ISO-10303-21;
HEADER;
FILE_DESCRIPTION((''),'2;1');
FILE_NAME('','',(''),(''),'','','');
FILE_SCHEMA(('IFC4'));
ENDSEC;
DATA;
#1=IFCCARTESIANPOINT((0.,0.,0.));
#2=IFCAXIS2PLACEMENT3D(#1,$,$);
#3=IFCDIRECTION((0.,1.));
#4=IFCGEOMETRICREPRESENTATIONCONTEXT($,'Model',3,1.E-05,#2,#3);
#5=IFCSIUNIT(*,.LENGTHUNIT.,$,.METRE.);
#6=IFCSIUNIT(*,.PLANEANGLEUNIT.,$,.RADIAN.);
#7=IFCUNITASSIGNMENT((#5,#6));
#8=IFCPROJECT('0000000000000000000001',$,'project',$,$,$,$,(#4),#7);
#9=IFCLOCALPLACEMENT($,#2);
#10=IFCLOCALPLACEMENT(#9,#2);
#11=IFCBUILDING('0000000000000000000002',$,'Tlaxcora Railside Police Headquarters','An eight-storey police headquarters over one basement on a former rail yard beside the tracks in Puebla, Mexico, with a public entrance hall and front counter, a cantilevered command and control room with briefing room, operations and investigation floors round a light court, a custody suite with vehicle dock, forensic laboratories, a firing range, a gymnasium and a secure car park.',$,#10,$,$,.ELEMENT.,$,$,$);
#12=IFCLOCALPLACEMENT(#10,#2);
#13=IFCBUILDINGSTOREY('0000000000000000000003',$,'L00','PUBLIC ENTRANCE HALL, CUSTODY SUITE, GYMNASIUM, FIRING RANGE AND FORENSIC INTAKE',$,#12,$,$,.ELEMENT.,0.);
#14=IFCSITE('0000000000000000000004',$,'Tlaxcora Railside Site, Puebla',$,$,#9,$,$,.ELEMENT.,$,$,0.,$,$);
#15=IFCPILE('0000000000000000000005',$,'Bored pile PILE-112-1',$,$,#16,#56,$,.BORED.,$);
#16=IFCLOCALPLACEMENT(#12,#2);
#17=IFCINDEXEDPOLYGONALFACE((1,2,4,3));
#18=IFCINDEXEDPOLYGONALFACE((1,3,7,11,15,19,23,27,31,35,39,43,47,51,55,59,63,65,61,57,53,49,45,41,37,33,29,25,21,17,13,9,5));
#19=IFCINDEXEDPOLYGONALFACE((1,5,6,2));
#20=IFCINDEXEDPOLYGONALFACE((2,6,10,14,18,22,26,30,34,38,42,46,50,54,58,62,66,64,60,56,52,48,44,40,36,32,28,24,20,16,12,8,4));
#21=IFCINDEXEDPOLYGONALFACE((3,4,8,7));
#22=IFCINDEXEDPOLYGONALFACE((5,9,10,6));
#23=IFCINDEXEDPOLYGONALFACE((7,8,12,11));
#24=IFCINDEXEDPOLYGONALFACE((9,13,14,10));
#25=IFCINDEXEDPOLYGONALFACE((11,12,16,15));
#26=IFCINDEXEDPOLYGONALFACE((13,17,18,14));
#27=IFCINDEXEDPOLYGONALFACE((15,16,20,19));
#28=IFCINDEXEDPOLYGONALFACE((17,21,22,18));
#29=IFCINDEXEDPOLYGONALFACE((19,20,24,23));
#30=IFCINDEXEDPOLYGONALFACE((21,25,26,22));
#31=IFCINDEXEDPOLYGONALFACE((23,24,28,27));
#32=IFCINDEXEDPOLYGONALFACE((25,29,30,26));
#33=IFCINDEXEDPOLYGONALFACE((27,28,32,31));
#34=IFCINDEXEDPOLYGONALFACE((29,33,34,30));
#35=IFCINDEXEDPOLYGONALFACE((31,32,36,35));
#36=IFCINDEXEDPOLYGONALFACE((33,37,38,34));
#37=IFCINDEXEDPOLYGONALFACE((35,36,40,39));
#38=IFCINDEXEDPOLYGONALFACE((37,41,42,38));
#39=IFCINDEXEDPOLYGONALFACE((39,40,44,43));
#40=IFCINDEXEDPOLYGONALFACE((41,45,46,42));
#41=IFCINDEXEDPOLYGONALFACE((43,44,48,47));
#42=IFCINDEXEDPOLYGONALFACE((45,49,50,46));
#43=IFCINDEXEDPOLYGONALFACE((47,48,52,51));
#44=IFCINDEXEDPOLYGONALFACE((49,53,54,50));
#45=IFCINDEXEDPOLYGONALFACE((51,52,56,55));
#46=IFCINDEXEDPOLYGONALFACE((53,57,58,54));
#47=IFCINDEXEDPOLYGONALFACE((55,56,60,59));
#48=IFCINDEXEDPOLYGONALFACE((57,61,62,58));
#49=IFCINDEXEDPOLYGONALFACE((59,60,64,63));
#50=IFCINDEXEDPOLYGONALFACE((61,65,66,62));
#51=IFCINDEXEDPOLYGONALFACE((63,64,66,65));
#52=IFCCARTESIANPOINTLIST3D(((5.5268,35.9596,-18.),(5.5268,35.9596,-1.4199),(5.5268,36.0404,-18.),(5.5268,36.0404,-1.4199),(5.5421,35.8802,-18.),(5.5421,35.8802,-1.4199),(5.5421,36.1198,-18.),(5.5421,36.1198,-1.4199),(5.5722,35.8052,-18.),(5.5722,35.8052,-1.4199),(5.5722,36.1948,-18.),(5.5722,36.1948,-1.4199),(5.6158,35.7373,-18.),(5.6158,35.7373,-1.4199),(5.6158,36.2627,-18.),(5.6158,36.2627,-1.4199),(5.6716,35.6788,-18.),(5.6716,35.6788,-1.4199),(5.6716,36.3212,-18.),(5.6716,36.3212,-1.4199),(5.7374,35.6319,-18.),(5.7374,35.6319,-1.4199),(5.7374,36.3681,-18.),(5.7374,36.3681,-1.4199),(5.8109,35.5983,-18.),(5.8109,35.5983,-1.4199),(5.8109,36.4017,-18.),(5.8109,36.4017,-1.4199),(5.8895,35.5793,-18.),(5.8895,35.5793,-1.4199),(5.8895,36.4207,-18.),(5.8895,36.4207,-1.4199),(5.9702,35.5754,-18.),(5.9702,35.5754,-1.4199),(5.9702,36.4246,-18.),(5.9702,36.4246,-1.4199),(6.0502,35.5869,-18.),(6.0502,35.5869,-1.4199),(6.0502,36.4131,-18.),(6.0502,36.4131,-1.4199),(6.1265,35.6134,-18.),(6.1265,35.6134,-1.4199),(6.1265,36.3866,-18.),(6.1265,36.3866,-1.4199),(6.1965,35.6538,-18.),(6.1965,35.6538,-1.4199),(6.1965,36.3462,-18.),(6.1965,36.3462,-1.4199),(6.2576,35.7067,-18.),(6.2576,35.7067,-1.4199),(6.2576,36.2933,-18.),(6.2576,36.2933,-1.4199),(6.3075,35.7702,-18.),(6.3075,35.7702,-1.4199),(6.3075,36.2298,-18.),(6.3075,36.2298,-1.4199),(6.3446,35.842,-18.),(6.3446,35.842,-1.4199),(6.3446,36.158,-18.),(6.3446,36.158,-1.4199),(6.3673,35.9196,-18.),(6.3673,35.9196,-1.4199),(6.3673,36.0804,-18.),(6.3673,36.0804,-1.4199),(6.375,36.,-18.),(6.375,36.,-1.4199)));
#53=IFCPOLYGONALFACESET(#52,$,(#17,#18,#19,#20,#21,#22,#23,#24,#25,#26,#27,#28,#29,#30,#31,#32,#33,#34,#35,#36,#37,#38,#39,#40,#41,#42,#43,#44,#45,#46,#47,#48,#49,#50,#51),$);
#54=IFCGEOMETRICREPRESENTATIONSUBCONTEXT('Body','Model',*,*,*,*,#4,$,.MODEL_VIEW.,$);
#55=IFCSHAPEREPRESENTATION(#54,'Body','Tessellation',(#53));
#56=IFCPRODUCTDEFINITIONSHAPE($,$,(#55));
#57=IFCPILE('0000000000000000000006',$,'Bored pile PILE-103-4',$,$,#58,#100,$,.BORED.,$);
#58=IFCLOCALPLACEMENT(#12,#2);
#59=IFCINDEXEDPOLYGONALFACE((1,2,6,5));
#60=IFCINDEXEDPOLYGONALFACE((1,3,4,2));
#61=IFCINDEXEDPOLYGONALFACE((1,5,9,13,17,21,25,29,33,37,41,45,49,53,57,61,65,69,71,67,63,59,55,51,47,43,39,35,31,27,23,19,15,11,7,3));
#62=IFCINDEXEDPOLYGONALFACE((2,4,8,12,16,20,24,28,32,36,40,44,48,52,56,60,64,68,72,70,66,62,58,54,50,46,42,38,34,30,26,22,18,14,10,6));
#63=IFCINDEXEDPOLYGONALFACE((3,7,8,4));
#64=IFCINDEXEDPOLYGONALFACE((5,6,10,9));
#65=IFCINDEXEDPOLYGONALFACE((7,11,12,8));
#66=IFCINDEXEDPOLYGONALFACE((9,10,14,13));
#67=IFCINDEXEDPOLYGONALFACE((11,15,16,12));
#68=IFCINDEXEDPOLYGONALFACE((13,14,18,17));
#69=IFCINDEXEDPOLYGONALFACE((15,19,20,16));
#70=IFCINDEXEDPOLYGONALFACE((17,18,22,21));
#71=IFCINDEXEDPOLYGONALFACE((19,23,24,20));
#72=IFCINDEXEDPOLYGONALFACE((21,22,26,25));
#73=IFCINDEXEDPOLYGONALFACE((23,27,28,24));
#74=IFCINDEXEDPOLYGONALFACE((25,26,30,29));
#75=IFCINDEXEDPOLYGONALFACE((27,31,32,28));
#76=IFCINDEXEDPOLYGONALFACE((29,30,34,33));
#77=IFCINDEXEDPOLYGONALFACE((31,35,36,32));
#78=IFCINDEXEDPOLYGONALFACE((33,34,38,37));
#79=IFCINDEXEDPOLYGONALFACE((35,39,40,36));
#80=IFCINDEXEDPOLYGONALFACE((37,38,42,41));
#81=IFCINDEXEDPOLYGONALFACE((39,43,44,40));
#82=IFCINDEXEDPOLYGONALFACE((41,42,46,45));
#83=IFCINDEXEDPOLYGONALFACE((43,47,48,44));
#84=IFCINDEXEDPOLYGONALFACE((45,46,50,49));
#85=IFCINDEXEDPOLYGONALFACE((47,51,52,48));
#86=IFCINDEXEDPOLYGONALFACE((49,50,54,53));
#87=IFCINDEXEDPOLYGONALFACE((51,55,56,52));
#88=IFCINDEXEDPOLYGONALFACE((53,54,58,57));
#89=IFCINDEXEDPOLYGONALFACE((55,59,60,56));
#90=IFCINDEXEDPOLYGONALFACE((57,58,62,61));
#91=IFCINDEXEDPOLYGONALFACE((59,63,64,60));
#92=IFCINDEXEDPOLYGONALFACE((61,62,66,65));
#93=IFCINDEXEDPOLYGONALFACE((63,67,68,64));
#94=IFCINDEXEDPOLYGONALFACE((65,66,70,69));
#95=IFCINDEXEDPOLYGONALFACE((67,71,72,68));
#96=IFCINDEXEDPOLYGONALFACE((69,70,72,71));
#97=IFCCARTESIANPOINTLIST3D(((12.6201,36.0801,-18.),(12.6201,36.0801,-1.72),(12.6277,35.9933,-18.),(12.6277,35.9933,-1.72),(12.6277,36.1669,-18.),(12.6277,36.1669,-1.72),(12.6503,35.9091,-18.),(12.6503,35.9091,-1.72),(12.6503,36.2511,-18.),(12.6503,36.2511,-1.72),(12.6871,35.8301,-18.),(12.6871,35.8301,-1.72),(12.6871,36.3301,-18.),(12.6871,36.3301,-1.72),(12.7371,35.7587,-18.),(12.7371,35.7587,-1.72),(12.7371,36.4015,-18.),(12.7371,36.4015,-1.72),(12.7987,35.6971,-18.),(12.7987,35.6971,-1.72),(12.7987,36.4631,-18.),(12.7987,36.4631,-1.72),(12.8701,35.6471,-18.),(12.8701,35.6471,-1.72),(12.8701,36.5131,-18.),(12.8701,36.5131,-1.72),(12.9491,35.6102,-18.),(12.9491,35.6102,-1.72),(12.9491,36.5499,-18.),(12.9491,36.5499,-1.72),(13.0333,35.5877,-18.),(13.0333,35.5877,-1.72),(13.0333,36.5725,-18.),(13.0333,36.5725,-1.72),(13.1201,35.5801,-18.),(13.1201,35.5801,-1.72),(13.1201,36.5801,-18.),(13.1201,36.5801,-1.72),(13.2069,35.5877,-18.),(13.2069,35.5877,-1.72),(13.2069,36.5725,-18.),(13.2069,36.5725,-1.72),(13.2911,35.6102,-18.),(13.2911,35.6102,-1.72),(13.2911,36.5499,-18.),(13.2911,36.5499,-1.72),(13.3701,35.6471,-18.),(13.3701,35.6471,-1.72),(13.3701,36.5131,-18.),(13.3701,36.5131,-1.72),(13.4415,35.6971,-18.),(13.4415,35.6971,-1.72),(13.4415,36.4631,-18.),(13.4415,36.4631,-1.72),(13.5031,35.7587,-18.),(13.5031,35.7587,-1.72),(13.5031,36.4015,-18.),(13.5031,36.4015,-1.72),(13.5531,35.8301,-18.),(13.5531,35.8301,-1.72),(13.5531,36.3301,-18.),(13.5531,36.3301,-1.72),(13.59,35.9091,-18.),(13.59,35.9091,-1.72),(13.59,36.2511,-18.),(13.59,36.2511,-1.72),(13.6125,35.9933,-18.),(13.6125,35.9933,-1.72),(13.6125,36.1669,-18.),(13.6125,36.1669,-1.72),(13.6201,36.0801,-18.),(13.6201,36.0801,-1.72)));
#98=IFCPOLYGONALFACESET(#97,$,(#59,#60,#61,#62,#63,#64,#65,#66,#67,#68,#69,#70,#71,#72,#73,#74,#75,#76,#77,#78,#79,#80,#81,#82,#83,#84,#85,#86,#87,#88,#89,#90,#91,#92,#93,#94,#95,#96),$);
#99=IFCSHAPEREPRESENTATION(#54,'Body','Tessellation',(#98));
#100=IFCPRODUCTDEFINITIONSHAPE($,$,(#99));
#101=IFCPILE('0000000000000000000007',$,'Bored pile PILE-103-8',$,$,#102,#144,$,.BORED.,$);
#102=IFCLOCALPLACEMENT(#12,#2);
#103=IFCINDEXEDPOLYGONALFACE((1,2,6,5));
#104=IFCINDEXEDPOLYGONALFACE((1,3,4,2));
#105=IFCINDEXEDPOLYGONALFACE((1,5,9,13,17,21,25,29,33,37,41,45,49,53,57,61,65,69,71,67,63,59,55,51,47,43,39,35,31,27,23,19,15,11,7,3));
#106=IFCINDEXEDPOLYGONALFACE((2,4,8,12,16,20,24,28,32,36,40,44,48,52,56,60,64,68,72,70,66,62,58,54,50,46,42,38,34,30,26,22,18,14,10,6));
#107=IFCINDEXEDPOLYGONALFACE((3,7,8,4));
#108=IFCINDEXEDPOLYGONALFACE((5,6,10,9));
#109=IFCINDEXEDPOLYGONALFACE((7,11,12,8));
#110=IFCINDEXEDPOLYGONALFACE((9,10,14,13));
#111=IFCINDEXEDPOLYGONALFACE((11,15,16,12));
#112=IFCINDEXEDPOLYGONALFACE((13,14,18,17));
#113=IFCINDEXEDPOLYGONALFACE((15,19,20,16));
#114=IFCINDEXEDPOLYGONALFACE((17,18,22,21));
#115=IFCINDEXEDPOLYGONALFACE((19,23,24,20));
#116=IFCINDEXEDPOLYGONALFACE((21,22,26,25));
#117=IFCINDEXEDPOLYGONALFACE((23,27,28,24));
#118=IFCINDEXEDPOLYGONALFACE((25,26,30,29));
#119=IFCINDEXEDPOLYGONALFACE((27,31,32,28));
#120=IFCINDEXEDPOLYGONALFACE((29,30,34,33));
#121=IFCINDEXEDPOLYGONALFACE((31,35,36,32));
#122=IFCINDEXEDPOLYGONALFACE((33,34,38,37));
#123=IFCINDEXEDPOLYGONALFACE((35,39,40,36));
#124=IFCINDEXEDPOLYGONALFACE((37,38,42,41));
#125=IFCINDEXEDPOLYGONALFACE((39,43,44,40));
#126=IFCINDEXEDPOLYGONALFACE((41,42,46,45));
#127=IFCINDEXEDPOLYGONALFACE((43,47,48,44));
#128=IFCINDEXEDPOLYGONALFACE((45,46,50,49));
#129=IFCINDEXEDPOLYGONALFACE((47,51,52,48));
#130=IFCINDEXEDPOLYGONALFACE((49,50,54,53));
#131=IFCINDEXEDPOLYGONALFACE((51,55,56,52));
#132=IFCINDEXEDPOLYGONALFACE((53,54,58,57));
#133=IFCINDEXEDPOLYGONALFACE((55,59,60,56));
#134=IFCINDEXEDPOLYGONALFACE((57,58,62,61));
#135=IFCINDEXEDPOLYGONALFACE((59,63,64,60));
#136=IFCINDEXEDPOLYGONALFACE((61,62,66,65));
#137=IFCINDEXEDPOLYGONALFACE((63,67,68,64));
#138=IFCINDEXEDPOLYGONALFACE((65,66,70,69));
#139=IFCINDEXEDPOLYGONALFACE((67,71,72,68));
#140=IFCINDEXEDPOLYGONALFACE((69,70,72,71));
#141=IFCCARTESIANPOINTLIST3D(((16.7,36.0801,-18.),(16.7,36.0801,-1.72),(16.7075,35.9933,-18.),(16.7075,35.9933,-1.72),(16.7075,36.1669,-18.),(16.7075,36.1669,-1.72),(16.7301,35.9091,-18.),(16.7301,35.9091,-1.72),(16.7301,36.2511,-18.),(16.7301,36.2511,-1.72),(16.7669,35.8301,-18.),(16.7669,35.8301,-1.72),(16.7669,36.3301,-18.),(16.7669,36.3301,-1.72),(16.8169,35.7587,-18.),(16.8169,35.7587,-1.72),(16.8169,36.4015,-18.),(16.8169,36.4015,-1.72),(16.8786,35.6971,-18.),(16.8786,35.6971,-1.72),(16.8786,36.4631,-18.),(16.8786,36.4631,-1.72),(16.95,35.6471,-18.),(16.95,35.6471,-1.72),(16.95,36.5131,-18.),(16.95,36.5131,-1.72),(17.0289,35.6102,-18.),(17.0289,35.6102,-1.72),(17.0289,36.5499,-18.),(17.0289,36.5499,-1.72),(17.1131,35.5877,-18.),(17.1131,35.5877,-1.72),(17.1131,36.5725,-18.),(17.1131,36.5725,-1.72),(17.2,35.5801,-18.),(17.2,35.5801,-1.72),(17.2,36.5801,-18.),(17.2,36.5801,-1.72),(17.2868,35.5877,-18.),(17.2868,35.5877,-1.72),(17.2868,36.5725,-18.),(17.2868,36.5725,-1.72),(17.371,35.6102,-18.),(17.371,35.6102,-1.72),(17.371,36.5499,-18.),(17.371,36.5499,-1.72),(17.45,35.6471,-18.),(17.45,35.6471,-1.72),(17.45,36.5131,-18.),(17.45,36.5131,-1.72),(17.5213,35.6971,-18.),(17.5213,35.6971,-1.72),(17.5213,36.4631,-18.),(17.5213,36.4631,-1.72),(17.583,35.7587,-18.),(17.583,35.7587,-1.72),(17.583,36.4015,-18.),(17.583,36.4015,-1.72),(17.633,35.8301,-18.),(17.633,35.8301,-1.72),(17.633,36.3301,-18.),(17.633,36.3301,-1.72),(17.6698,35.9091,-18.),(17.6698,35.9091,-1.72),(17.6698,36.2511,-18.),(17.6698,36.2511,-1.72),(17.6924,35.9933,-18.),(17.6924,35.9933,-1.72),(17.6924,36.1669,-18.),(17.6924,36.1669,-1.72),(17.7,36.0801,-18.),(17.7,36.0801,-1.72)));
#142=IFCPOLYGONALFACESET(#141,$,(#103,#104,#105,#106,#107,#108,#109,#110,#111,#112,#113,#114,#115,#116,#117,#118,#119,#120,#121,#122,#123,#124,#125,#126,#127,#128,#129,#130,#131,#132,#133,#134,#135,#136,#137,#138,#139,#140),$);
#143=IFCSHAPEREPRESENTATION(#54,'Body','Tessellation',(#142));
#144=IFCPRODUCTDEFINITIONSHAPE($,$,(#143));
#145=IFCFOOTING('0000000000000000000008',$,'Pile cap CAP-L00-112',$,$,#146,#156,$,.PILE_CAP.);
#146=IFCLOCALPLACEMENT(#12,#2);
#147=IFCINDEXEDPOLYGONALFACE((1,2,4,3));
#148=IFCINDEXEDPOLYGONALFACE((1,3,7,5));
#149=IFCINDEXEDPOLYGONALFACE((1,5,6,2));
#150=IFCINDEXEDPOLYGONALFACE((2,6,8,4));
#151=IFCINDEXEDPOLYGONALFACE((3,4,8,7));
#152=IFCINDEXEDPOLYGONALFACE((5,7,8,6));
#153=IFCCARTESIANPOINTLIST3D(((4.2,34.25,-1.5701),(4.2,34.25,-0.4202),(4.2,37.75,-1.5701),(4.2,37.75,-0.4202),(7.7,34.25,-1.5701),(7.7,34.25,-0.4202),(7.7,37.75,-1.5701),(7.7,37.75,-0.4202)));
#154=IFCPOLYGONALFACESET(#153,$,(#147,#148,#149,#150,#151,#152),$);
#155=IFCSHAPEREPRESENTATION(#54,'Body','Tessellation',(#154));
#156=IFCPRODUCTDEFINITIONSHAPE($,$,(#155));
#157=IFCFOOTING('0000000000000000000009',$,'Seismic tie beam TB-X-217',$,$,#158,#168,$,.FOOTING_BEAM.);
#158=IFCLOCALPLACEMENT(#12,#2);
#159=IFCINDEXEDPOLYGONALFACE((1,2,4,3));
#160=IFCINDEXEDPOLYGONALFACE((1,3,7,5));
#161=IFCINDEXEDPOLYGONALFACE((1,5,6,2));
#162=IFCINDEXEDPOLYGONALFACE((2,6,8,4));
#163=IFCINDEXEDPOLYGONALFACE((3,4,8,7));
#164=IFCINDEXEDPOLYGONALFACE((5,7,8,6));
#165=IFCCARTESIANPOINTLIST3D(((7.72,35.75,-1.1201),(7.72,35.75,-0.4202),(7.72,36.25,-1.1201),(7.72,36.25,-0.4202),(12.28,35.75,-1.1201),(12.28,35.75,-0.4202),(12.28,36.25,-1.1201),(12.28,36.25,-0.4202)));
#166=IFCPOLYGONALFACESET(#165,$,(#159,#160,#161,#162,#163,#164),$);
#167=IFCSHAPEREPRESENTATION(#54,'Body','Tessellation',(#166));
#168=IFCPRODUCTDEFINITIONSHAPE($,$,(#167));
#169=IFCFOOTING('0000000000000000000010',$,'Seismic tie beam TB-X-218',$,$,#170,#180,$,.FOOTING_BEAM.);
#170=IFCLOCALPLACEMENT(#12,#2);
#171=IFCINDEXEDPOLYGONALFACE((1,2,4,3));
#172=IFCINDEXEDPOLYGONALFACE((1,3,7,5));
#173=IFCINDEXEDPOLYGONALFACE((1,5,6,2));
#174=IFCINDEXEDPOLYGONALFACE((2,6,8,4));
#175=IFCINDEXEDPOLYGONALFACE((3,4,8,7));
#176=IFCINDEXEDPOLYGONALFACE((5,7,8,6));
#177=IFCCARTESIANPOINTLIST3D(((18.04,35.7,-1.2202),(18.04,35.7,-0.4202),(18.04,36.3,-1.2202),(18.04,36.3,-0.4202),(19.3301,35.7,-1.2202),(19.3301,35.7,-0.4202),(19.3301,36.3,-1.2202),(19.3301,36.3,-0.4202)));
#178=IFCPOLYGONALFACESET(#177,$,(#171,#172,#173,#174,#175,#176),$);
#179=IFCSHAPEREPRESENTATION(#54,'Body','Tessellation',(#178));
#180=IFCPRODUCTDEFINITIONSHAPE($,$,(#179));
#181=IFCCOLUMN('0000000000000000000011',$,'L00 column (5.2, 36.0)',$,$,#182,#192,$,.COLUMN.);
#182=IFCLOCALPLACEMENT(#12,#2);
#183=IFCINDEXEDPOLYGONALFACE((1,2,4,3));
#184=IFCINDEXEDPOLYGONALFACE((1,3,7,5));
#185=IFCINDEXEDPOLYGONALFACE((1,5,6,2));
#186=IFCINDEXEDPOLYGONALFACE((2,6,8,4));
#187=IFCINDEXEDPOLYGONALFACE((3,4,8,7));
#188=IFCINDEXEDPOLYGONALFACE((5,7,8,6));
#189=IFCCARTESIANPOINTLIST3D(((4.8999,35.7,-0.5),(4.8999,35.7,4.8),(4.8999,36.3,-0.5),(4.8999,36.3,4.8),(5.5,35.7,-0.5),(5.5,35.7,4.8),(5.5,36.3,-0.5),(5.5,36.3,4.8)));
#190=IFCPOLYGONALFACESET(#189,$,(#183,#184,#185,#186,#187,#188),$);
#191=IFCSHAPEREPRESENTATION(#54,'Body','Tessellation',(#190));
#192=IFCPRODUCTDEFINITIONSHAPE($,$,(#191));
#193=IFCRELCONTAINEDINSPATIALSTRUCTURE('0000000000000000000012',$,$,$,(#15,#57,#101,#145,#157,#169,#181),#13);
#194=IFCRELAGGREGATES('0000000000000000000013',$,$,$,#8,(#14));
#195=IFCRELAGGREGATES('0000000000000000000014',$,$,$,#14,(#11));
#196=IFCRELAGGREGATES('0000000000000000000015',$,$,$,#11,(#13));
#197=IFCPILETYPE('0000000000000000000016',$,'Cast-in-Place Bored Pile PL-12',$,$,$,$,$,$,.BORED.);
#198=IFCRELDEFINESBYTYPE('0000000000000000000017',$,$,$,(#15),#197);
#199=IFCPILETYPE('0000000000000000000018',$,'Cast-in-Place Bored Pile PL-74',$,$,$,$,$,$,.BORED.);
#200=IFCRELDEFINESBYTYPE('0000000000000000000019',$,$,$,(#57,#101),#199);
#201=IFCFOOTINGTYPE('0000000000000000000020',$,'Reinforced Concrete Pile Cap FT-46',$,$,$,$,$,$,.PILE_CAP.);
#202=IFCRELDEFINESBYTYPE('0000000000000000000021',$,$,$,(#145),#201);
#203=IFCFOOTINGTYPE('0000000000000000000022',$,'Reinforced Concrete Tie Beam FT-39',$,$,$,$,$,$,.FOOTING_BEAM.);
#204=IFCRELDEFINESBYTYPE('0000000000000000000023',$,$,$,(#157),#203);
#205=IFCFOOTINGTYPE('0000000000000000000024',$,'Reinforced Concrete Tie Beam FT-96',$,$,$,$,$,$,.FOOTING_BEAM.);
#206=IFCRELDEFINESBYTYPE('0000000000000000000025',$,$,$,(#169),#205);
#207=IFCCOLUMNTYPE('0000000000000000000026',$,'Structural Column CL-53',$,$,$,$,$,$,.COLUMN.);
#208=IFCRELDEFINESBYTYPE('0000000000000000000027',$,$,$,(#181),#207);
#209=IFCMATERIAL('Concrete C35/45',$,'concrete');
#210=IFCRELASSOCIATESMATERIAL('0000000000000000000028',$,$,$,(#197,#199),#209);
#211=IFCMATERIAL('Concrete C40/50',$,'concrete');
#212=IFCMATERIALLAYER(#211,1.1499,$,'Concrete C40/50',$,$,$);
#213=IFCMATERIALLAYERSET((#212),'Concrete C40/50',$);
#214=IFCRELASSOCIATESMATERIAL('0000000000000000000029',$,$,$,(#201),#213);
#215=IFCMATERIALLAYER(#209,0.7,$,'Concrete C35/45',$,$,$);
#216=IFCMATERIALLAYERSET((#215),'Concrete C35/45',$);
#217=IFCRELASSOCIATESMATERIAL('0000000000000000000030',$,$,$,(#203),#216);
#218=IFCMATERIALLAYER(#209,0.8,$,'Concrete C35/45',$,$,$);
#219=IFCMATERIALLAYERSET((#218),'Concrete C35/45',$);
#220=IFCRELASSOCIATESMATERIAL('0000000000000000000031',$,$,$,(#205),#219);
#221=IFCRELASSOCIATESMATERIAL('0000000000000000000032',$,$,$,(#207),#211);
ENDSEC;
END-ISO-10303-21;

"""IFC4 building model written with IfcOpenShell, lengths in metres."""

from ifc_helpers import new_model, si_unit, direction, frame, origin, origin_2d, place, context, subcontext, project, spatial, rectangle, circle, extrude, material, layer, layer_set, material_profile, profile_set, type_object, element, save


model = new_model("IFC4")

# Units and contexts
model_context = context("Model", 3, precision=1e-05, world=origin(), true_north=direction((0.0, 1.0)))
body_context = subcontext(model_context, "Body", "Model", "MODEL_VIEW")
ifc_project = project(units=[si_unit("LENGTHUNIT", "METRE"), si_unit("PLANEANGLEUNIT", "RADIAN")], contexts=[model_context])

# Site, building, storey
site_placement = place(None, origin())
site = spatial("IfcSite", under=ifc_project, at=site_placement, Name="Tlaxcora Railside Site, Puebla", CompositionType="ELEMENT", RefElevation=0.0)
building_placement = place(site_placement, origin())
building = spatial("IfcBuilding", under=site, at=building_placement, Name="Tlaxcora Railside Police Headquarters", Description="An eight-storey police headquarters over one basement on a former rail yard beside the tracks in Puebla, Mexico, with a public entrance hall and front counter, a cantilevered command and control room with briefing room, operations and investigation floors round a light court, a custody suite with vehicle dock, forensic laboratories, a firing range, a gymnasium and a secure car park.", CompositionType="ELEMENT")
storey_placement = place(building_placement, origin())
storey = spatial("IfcBuildingStorey", under=building, at=storey_placement, Name="L00", Description="PUBLIC ENTRANCE HALL, CUSTODY SUITE, GYMNASIUM, FIRING RANGE AND FORENSIC INTAKE", CompositionType="ELEMENT", Elevation=0.0)

# Piles
ifc_material_1 = material(Name="Concrete C35/45", Category="concrete")
ifc_material_profile_1 = material_profile(ifc_material_1, circle(Radius=0.425, at=origin_2d()), Name="PILE850")
ifc_profile_set_1 = profile_set([ifc_material_profile_1], Name="Concrete C35/45")
pile_type_1 = type_object("IfcPileType", Name="Cast-in-Place Bored Pile PL-12", PredefinedType="BORED", material=ifc_profile_set_1)
pile_placement = place(storey_placement, frame((5.95, 36.0, -1.4199), z_axis=(0.0, 0.0, -1.0), x_axis=(1.0, 0.0, 0.0)))
element("IfcPile", 1, at=pile_placement, inside=storey, type_object=pile_type_1, Name="Bored pile PILE-112-1", PredefinedType="BORED", context=body_context, shape_type="SweptSolid", body=[
    extrude(circle(Radius=0.425, at=origin_2d()), origin(), (0.0, 0.0, 1.0), 16.5801),
])
ifc_material_profile_2 = material_profile(ifc_material_1, circle(Radius=0.5, at=origin_2d()), Name="PILE1000")
ifc_profile_set_2 = profile_set([ifc_material_profile_2], Name="Concrete C35/45")
pile_type_2 = type_object("IfcPileType", Name="Cast-in-Place Bored Pile PL-74", PredefinedType="BORED", material=ifc_profile_set_2)
for number, where, z_axis, x_axis, name in (
    (2, (13.1201, 36.0801, -1.72), (0.0, 0.0, -1.0), (1.0, 0.0, 0.0), "Bored pile PILE-103-4"),
    (3, (17.2, 36.0801, -1.72), (0.0, 0.0, -1.0), (1.0, 0.0, 0.0), "Bored pile PILE-103-8"),
):
    element("IfcPile", number, at=place(storey_placement, frame(where, z_axis=z_axis, x_axis=x_axis)), inside=storey, type_object=pile_type_2, Name=name, PredefinedType="BORED", context=body_context, shape_type="SweptSolid", body=[
        extrude(circle(Radius=0.5, at=origin_2d()), origin(), (0.0, 0.0, 1.0), 16.28),
    ])

# Footings
ifc_material_2 = material(Name="Concrete C40/50", Category="concrete")
ifc_layer_1 = layer(ifc_material_2, 1.1499, Name="Concrete C40/50")
ifc_layer_set_1 = layer_set([ifc_layer_1], Name="Concrete C40/50")
footing_type_1 = type_object("IfcFootingType", Name="Reinforced Concrete Pile Cap FT-46", PredefinedType="PILE_CAP", material=ifc_layer_set_1)
footing_1_placement = place(storey_placement, frame((5.95, 36.0, -1.5701), z_axis=(0.0, 0.0, 1.0), x_axis=(1.0, 0.0, 0.0)))
element("IfcFooting", 4, at=footing_1_placement, inside=storey, type_object=footing_type_1, Name="Pile cap CAP-L00-112", PredefinedType="PILE_CAP", context=body_context, shape_type="SweptSolid", body=[
    extrude(rectangle(XDim=3.5, YDim=3.5, at=origin_2d()), origin(), (0.0, 0.0, 1.0), 1.1499),
])
ifc_layer_2 = layer(ifc_material_1, 0.7, Name="Concrete C35/45")
ifc_layer_set_2 = layer_set([ifc_layer_2], Name="Concrete C35/45")
footing_type_2 = type_object("IfcFootingType", Name="Reinforced Concrete Tie Beam FT-39", PredefinedType="FOOTING_BEAM", material=ifc_layer_set_2)
footing_2_placement = place(storey_placement, frame((10.0, 36.0, -1.1201), z_axis=(0.0, 0.0, 1.0), x_axis=(1.0, 0.0, 0.0)))
element("IfcFooting", 5, at=footing_2_placement, inside=storey, type_object=footing_type_2, Name="Seismic tie beam TB-X-217", PredefinedType="FOOTING_BEAM", context=body_context, shape_type="SweptSolid", body=[
    extrude(rectangle(XDim=4.5601, YDim=0.5, at=origin_2d()), origin(), (0.0, 0.0, 1.0), 0.7),
])
ifc_layer_3 = layer(ifc_material_1, 0.8, Name="Concrete C35/45")
ifc_layer_set_3 = layer_set([ifc_layer_3], Name="Concrete C35/45")
footing_type_3 = type_object("IfcFootingType", Name="Reinforced Concrete Tie Beam FT-96", PredefinedType="FOOTING_BEAM", material=ifc_layer_set_3)
footing_3_placement = place(storey_placement, frame((18.6851, 36.0, -1.2202), z_axis=(0.0, 0.0, 1.0), x_axis=(1.0, 0.0, 0.0)))
element("IfcFooting", 6, at=footing_3_placement, inside=storey, type_object=footing_type_3, Name="Seismic tie beam TB-X-218", PredefinedType="FOOTING_BEAM", context=body_context, shape_type="SweptSolid", body=[
    extrude(rectangle(XDim=1.29, YDim=0.6001, at=origin_2d()), origin(), (0.0, 0.0, 1.0), 0.8),
])

# Column
ifc_material_profile_3 = material_profile(ifc_material_2, rectangle(XDim=0.6001, YDim=0.6001, at=origin_2d()), Name="RC600X600")
ifc_profile_set_3 = profile_set([ifc_material_profile_3], Name="Concrete C40/50")
column_type_1 = type_object("IfcColumnType", Name="Structural Column CL-53", PredefinedType="COLUMN", material=ifc_profile_set_3)
column_1_placement = place(storey_placement, frame((5.2, 36.0, -0.5), z_axis=(0.0, 0.0, 1.0), x_axis=(1.0, 0.0, 0.0)))
element("IfcColumn", 7, at=column_1_placement, inside=storey, type_object=column_type_1, Name="L00 column (5.2, 36.0)", PredefinedType="COLUMN", context=body_context, shape_type="SweptSolid", body=[
    extrude(rectangle(XDim=0.6001, YDim=0.6001, at=origin_2d()), origin(), (0.0, 0.0, 1.0), 5.3),
])

save(model, "model.ifc")
